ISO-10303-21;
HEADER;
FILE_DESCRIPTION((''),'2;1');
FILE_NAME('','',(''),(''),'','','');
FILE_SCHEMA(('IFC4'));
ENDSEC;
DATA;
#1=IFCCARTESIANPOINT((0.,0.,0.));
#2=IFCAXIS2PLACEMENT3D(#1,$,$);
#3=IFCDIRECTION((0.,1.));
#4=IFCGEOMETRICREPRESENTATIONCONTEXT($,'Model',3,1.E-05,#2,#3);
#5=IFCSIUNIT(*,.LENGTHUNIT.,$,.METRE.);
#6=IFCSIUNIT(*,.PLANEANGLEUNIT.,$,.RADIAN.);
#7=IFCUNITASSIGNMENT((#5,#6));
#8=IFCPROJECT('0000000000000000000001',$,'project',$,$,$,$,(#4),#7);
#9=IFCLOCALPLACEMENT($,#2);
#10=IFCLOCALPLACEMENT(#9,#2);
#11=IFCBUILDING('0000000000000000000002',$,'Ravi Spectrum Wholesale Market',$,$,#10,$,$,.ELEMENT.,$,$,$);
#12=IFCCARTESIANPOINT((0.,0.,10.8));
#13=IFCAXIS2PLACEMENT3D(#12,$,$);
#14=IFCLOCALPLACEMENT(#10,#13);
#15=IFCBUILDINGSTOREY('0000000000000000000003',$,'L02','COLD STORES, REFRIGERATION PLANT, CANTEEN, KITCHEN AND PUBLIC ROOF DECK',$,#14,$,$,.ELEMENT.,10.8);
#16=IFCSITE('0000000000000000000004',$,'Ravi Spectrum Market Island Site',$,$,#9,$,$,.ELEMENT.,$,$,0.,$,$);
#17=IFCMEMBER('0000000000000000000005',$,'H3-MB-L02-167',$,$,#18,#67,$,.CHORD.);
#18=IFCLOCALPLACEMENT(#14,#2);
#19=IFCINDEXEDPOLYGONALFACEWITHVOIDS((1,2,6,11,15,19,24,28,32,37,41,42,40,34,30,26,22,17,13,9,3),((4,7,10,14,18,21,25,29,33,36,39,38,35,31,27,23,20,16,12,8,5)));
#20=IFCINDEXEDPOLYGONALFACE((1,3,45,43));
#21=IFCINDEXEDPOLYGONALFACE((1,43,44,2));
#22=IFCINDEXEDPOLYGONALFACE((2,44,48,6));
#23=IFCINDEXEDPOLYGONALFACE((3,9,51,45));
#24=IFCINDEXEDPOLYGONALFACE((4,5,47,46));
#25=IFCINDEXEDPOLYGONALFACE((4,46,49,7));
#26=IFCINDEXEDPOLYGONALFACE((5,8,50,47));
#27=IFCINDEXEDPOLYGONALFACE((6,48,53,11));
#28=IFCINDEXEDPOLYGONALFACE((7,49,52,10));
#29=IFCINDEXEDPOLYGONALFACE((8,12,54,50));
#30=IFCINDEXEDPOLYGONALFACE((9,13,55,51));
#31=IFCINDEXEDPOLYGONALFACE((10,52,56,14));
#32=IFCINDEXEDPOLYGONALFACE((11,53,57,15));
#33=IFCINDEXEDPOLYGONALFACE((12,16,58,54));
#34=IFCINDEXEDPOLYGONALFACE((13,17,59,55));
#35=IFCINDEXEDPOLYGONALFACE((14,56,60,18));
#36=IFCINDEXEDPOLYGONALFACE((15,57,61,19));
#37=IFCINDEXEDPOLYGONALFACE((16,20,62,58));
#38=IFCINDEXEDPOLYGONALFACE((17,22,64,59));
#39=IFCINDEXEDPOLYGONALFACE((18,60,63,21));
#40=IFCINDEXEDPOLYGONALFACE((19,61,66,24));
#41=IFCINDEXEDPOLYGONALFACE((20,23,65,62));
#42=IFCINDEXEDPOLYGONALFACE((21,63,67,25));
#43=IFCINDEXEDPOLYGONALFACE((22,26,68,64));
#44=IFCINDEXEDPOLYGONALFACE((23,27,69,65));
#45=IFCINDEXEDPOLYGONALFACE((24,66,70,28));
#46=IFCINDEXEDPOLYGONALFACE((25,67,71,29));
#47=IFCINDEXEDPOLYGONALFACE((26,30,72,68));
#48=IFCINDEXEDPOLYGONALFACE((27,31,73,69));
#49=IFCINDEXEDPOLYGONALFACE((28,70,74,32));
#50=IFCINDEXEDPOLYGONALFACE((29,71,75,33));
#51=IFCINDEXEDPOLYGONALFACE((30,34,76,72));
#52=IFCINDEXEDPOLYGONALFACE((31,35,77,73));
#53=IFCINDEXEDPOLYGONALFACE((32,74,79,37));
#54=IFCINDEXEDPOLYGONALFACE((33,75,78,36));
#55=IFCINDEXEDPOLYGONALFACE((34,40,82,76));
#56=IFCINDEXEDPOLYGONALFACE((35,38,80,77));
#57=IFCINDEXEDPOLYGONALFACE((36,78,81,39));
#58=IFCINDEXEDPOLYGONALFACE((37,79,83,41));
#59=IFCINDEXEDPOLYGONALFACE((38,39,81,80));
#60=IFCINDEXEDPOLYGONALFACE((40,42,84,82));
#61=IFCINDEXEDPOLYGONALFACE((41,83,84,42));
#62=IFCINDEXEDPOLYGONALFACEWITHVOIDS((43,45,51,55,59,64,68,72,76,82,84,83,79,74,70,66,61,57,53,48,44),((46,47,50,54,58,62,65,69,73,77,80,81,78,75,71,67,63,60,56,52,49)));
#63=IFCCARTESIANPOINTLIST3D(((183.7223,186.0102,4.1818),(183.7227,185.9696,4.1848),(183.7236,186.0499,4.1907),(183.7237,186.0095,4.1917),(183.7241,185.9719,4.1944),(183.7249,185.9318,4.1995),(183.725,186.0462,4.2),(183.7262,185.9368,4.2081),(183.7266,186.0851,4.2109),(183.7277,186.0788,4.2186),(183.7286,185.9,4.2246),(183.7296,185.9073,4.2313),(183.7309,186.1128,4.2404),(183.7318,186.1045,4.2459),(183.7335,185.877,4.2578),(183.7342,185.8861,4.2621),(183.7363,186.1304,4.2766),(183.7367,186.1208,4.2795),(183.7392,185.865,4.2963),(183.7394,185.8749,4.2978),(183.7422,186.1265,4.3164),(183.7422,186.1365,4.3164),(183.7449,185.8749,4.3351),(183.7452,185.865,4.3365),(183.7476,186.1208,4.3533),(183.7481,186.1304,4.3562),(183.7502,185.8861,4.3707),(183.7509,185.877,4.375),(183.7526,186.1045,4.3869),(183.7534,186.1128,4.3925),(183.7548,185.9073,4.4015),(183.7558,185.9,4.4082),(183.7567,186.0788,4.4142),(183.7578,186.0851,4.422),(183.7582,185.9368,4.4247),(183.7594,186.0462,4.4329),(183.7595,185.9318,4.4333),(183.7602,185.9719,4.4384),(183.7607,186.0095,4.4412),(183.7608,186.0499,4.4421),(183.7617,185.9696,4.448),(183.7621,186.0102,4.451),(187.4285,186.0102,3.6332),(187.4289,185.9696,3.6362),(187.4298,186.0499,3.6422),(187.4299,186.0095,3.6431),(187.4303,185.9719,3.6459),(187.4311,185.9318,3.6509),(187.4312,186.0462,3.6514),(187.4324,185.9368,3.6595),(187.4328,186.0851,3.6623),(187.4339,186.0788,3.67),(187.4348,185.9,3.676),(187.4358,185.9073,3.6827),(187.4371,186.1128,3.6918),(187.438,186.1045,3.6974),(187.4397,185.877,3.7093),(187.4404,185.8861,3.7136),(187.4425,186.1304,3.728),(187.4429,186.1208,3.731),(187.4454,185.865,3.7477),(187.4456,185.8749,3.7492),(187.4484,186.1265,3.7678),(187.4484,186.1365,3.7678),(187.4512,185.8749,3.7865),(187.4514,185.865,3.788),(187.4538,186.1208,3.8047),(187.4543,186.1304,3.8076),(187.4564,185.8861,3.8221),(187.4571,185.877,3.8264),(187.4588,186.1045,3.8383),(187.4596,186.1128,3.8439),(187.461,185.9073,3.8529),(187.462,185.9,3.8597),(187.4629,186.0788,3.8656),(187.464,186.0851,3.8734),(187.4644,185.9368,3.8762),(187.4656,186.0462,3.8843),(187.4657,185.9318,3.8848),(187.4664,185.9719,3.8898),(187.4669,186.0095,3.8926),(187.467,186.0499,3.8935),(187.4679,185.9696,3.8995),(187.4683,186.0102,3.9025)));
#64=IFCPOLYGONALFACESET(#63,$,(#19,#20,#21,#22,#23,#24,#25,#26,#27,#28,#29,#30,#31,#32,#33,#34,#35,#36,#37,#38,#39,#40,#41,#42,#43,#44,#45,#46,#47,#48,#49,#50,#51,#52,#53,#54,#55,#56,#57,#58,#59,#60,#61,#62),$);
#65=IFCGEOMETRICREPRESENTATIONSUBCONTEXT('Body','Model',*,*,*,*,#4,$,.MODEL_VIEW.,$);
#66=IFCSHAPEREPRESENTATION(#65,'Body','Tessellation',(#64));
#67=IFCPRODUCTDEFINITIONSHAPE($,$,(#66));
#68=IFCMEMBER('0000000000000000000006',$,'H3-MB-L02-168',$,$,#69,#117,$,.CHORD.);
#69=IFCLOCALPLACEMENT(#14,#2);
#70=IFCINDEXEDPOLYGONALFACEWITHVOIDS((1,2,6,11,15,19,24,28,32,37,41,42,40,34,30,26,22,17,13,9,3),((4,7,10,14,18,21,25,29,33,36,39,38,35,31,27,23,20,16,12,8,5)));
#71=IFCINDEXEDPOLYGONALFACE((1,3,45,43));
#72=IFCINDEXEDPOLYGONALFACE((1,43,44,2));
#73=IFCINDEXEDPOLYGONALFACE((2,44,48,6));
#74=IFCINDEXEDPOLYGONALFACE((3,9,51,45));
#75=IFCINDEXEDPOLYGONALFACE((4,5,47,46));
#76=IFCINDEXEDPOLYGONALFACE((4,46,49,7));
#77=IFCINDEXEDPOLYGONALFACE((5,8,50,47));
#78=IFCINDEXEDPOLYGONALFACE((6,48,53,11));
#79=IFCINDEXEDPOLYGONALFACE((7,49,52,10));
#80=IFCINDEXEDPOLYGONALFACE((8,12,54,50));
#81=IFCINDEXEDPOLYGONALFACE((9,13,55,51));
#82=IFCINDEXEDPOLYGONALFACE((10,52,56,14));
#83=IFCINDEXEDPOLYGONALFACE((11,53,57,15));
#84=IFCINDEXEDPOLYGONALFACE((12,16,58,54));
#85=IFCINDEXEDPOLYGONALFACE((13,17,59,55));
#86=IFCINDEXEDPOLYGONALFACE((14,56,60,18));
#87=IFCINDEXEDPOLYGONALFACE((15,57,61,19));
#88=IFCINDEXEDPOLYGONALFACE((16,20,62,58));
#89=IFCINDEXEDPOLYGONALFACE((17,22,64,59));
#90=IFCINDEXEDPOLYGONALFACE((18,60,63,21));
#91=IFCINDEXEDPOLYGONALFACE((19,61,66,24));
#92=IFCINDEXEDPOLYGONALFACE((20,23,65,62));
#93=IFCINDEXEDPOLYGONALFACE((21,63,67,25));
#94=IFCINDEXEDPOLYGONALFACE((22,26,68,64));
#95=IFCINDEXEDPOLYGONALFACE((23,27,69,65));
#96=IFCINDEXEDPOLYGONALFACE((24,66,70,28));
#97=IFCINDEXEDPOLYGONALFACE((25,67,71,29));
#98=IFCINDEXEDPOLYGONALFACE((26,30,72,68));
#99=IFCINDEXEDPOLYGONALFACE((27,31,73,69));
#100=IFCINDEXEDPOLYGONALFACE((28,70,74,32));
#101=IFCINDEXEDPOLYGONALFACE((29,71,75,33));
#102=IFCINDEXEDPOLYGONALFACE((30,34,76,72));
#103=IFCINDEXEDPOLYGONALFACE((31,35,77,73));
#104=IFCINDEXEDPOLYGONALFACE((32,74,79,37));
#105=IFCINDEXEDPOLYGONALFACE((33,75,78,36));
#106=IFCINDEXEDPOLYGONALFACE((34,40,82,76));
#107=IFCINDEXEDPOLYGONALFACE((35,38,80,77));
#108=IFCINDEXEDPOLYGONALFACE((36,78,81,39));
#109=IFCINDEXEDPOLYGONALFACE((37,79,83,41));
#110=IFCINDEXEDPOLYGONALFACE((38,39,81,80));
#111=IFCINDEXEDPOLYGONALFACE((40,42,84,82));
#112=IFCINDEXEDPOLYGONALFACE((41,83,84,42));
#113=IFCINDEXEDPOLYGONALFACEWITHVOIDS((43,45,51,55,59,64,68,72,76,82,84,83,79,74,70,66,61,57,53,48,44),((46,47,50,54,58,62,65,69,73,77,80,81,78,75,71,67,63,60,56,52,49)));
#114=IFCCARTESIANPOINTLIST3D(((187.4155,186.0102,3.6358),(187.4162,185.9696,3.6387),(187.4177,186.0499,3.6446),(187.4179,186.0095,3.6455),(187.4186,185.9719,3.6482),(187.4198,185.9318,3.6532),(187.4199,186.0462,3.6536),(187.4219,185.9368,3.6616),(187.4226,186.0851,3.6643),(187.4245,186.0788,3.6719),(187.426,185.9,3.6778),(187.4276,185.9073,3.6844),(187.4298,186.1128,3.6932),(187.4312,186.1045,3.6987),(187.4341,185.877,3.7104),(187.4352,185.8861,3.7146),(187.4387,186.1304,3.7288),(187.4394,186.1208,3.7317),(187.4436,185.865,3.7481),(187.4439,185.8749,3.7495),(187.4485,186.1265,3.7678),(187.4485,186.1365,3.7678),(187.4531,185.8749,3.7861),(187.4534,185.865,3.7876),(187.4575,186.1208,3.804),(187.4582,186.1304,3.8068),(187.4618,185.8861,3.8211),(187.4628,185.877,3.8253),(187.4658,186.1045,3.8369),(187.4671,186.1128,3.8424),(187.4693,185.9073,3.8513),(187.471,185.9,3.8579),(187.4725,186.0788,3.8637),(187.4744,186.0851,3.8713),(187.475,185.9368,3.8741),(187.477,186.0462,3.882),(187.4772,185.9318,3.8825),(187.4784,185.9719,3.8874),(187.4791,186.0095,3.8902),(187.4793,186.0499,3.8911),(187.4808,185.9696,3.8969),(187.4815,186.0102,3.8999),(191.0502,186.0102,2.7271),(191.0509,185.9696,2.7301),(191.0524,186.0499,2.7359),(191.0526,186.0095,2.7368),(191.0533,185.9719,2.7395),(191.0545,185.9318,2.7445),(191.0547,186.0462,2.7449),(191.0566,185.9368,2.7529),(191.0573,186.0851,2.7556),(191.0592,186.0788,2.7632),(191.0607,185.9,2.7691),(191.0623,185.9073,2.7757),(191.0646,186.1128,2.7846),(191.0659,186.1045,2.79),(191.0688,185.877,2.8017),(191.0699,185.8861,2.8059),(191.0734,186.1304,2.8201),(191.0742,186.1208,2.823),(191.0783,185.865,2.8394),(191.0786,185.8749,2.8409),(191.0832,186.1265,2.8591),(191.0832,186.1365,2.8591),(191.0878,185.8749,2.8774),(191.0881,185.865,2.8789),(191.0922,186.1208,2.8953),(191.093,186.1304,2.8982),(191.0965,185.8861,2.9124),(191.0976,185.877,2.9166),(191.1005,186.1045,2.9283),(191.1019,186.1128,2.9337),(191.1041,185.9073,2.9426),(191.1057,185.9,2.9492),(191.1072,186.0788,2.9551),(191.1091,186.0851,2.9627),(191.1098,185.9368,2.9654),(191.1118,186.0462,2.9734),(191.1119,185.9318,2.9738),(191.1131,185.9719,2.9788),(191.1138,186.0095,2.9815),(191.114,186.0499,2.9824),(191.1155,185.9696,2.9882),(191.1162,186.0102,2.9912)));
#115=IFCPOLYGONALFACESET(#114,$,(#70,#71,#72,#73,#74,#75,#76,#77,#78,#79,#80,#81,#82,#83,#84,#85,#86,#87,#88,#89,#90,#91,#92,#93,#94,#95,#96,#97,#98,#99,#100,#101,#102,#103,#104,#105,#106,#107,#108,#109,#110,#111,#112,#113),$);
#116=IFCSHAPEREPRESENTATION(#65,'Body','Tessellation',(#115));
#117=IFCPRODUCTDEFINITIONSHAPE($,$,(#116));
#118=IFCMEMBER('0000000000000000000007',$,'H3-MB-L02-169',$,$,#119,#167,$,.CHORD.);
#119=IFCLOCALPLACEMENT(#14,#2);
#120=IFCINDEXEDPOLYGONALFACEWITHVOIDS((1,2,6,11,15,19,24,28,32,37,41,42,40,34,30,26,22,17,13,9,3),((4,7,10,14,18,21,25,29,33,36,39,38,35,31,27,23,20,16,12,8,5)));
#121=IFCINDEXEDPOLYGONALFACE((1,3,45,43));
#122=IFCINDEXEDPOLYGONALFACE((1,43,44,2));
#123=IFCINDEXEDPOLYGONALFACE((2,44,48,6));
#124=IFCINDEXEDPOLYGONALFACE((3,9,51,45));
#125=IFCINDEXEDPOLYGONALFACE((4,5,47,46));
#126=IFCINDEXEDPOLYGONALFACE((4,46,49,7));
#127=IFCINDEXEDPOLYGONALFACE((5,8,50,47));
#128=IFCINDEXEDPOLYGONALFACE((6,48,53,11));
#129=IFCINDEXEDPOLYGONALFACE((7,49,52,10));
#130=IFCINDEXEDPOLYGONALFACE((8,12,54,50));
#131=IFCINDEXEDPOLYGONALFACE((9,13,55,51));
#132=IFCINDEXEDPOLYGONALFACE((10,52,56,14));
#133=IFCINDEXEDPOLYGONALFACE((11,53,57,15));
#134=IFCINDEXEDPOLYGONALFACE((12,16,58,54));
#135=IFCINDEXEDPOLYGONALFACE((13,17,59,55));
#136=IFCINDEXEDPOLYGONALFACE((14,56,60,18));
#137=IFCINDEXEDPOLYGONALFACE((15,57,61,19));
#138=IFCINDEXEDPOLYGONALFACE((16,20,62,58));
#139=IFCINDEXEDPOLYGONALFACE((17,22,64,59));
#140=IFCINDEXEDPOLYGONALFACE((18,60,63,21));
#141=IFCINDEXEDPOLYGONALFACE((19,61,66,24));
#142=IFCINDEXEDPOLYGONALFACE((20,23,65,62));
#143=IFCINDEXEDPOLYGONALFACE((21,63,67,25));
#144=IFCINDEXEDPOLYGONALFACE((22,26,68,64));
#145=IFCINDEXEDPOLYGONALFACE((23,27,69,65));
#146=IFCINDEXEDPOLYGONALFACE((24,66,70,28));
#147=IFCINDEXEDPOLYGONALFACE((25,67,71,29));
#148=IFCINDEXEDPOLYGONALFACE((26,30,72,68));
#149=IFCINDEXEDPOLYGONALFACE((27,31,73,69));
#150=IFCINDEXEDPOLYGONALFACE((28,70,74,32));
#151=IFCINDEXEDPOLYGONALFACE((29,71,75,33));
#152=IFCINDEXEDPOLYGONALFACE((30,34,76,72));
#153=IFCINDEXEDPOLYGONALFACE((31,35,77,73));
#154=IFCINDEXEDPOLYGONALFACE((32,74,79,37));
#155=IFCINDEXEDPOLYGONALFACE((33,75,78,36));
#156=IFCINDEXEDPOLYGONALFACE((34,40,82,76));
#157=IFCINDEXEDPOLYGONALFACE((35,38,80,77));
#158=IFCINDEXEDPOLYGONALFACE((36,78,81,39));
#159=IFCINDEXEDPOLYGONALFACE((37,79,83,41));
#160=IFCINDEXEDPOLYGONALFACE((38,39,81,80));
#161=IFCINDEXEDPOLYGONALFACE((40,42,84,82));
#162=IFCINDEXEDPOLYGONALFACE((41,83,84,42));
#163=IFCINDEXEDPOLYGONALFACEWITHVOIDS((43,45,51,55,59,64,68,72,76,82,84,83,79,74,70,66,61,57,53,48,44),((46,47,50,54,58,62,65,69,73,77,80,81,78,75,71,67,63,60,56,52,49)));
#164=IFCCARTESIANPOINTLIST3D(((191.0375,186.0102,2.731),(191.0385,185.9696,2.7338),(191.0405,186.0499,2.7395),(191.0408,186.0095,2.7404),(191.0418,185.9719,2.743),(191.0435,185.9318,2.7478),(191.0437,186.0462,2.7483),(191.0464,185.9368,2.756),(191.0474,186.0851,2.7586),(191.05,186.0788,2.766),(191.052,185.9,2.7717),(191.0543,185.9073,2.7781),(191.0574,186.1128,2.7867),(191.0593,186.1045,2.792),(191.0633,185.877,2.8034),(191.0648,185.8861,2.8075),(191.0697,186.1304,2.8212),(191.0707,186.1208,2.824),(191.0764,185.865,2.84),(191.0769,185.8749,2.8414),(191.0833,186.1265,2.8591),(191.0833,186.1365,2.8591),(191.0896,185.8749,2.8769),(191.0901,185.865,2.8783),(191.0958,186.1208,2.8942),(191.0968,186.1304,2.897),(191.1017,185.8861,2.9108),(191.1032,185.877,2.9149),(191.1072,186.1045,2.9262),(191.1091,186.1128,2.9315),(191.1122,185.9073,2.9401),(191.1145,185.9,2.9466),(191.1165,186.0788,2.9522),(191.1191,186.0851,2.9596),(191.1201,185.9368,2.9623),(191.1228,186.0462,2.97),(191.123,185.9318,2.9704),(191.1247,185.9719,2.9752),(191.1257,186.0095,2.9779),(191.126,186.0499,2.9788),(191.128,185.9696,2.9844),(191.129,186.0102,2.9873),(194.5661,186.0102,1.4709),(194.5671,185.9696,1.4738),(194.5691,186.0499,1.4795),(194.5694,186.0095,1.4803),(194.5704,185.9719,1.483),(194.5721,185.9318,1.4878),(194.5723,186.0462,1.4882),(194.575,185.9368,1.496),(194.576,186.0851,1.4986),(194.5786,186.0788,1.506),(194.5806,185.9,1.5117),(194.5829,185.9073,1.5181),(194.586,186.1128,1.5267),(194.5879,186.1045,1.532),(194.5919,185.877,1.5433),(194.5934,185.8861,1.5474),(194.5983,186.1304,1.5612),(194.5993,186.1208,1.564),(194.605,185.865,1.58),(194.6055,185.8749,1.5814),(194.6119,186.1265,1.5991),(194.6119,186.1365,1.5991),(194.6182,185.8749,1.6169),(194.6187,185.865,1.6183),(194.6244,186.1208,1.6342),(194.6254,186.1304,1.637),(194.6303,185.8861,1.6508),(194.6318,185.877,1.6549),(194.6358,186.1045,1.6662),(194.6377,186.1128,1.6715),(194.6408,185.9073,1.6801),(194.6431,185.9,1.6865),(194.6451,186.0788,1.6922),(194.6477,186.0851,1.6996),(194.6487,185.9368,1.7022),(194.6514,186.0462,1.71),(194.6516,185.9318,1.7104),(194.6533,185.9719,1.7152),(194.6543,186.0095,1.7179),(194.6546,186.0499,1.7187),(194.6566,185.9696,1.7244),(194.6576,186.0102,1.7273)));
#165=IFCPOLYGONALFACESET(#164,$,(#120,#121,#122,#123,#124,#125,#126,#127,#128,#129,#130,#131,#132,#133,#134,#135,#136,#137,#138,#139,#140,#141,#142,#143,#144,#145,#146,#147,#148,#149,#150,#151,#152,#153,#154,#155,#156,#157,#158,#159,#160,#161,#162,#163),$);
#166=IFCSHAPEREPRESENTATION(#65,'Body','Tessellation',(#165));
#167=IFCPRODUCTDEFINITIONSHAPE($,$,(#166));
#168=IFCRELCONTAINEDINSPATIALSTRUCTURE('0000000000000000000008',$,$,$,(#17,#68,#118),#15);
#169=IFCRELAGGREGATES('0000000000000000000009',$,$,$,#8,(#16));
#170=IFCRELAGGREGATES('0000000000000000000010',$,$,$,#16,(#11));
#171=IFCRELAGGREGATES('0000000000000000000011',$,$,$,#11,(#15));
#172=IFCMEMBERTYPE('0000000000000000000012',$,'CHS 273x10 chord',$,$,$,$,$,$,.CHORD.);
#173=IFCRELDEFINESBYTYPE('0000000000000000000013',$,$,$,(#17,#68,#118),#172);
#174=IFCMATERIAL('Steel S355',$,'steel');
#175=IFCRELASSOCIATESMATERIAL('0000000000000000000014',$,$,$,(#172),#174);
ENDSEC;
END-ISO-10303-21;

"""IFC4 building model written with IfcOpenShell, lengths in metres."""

from ifc_helpers import new_model, si_unit, direction, frame, origin, origin_2d, place, context, subcontext, project, spatial, hollow_circle, extrude, material, material_profile, profile_set, type_object, element, save


model = new_model("IFC4")

# Units and contexts
model_context = context("Model", 3, precision=1e-05, world=origin(), true_north=direction((0.0, 1.0)))
body_context = subcontext(model_context, "Body", "Model", "MODEL_VIEW")
ifc_project = project(units=[si_unit("LENGTHUNIT", "METRE"), si_unit("PLANEANGLEUNIT", "RADIAN")], contexts=[model_context])

# Site, building, storey
site_placement = place(None, origin())
site = spatial("IfcSite", under=ifc_project, at=site_placement, Name="Ravi Spectrum Market Island Site", CompositionType="ELEMENT", RefElevation=0.0)
building_placement = place(site_placement, origin())
building = spatial("IfcBuilding", under=site, at=building_placement, Name="Ravi Spectrum Wholesale Market", CompositionType="ELEMENT")
storey_placement = place(building_placement, frame((0.0, 0.0, 10.8)))
storey = spatial("IfcBuildingStorey", under=building, at=storey_placement, Name="L02", Description="COLD STORES, REFRIGERATION PLANT, CANTEEN, KITCHEN AND PUBLIC ROOF DECK", CompositionType="ELEMENT", Elevation=10.8)

# Members
ifc_material_1 = material(Name="Steel S355", Category="steel")
ifc_material_profile_1 = material_profile(ifc_material_1, hollow_circle(Radius=0.1365, WallThickness=0.01, at=origin_2d()))
ifc_profile_set_1 = profile_set([ifc_material_profile_1], Name="Steel S355")
member_type_1 = type_object("IfcMemberType", Name="CHS 273x10 chord", PredefinedType="CHORD", material=ifc_profile_set_1)
for number, where, z_axis, x_axis, name in (
    (1, (183.7422, 186.0, 4.3164), (0.989223, 0.0, -0.146419), (0.0, 1.0, 0.0), "H3-MB-L02-167"),
    (2, (187.4485, 186.0, 3.7678), (0.970143, 0.0, -0.242536), (0.0, 1.0, 0.0), "H3-MB-L02-168"),
):
    element("IfcMember", number, at=place(storey_placement, frame(where, z_axis=z_axis, x_axis=x_axis)), inside=storey, type_object=member_type_1, Name=name, PredefinedType="CHORD", context=body_context, shape_type="SweptSolid", body=[
        extrude(hollow_circle(Radius=0.1365, WallThickness=0.01, at=origin_2d()), origin(), (0.0, 0.0, 1.0), 3.7466),
    ])
member_1_placement = place(storey_placement, frame((191.0833, 186.0, 2.8591), z_axis=(0.941758, 0.0, -0.336291), x_axis=(0.0, 1.0, 0.0)))
element("IfcMember", 3, at=member_1_placement, inside=storey, type_object=member_type_1, Name="H3-MB-L02-169", PredefinedType="CHORD", context=body_context, shape_type="SweptSolid", body=[
    extrude(hollow_circle(Radius=0.1365, WallThickness=0.01, at=origin_2d()), origin(), (0.0, 0.0, 1.0), 3.7468),
])

save(model, "model.ifc")
